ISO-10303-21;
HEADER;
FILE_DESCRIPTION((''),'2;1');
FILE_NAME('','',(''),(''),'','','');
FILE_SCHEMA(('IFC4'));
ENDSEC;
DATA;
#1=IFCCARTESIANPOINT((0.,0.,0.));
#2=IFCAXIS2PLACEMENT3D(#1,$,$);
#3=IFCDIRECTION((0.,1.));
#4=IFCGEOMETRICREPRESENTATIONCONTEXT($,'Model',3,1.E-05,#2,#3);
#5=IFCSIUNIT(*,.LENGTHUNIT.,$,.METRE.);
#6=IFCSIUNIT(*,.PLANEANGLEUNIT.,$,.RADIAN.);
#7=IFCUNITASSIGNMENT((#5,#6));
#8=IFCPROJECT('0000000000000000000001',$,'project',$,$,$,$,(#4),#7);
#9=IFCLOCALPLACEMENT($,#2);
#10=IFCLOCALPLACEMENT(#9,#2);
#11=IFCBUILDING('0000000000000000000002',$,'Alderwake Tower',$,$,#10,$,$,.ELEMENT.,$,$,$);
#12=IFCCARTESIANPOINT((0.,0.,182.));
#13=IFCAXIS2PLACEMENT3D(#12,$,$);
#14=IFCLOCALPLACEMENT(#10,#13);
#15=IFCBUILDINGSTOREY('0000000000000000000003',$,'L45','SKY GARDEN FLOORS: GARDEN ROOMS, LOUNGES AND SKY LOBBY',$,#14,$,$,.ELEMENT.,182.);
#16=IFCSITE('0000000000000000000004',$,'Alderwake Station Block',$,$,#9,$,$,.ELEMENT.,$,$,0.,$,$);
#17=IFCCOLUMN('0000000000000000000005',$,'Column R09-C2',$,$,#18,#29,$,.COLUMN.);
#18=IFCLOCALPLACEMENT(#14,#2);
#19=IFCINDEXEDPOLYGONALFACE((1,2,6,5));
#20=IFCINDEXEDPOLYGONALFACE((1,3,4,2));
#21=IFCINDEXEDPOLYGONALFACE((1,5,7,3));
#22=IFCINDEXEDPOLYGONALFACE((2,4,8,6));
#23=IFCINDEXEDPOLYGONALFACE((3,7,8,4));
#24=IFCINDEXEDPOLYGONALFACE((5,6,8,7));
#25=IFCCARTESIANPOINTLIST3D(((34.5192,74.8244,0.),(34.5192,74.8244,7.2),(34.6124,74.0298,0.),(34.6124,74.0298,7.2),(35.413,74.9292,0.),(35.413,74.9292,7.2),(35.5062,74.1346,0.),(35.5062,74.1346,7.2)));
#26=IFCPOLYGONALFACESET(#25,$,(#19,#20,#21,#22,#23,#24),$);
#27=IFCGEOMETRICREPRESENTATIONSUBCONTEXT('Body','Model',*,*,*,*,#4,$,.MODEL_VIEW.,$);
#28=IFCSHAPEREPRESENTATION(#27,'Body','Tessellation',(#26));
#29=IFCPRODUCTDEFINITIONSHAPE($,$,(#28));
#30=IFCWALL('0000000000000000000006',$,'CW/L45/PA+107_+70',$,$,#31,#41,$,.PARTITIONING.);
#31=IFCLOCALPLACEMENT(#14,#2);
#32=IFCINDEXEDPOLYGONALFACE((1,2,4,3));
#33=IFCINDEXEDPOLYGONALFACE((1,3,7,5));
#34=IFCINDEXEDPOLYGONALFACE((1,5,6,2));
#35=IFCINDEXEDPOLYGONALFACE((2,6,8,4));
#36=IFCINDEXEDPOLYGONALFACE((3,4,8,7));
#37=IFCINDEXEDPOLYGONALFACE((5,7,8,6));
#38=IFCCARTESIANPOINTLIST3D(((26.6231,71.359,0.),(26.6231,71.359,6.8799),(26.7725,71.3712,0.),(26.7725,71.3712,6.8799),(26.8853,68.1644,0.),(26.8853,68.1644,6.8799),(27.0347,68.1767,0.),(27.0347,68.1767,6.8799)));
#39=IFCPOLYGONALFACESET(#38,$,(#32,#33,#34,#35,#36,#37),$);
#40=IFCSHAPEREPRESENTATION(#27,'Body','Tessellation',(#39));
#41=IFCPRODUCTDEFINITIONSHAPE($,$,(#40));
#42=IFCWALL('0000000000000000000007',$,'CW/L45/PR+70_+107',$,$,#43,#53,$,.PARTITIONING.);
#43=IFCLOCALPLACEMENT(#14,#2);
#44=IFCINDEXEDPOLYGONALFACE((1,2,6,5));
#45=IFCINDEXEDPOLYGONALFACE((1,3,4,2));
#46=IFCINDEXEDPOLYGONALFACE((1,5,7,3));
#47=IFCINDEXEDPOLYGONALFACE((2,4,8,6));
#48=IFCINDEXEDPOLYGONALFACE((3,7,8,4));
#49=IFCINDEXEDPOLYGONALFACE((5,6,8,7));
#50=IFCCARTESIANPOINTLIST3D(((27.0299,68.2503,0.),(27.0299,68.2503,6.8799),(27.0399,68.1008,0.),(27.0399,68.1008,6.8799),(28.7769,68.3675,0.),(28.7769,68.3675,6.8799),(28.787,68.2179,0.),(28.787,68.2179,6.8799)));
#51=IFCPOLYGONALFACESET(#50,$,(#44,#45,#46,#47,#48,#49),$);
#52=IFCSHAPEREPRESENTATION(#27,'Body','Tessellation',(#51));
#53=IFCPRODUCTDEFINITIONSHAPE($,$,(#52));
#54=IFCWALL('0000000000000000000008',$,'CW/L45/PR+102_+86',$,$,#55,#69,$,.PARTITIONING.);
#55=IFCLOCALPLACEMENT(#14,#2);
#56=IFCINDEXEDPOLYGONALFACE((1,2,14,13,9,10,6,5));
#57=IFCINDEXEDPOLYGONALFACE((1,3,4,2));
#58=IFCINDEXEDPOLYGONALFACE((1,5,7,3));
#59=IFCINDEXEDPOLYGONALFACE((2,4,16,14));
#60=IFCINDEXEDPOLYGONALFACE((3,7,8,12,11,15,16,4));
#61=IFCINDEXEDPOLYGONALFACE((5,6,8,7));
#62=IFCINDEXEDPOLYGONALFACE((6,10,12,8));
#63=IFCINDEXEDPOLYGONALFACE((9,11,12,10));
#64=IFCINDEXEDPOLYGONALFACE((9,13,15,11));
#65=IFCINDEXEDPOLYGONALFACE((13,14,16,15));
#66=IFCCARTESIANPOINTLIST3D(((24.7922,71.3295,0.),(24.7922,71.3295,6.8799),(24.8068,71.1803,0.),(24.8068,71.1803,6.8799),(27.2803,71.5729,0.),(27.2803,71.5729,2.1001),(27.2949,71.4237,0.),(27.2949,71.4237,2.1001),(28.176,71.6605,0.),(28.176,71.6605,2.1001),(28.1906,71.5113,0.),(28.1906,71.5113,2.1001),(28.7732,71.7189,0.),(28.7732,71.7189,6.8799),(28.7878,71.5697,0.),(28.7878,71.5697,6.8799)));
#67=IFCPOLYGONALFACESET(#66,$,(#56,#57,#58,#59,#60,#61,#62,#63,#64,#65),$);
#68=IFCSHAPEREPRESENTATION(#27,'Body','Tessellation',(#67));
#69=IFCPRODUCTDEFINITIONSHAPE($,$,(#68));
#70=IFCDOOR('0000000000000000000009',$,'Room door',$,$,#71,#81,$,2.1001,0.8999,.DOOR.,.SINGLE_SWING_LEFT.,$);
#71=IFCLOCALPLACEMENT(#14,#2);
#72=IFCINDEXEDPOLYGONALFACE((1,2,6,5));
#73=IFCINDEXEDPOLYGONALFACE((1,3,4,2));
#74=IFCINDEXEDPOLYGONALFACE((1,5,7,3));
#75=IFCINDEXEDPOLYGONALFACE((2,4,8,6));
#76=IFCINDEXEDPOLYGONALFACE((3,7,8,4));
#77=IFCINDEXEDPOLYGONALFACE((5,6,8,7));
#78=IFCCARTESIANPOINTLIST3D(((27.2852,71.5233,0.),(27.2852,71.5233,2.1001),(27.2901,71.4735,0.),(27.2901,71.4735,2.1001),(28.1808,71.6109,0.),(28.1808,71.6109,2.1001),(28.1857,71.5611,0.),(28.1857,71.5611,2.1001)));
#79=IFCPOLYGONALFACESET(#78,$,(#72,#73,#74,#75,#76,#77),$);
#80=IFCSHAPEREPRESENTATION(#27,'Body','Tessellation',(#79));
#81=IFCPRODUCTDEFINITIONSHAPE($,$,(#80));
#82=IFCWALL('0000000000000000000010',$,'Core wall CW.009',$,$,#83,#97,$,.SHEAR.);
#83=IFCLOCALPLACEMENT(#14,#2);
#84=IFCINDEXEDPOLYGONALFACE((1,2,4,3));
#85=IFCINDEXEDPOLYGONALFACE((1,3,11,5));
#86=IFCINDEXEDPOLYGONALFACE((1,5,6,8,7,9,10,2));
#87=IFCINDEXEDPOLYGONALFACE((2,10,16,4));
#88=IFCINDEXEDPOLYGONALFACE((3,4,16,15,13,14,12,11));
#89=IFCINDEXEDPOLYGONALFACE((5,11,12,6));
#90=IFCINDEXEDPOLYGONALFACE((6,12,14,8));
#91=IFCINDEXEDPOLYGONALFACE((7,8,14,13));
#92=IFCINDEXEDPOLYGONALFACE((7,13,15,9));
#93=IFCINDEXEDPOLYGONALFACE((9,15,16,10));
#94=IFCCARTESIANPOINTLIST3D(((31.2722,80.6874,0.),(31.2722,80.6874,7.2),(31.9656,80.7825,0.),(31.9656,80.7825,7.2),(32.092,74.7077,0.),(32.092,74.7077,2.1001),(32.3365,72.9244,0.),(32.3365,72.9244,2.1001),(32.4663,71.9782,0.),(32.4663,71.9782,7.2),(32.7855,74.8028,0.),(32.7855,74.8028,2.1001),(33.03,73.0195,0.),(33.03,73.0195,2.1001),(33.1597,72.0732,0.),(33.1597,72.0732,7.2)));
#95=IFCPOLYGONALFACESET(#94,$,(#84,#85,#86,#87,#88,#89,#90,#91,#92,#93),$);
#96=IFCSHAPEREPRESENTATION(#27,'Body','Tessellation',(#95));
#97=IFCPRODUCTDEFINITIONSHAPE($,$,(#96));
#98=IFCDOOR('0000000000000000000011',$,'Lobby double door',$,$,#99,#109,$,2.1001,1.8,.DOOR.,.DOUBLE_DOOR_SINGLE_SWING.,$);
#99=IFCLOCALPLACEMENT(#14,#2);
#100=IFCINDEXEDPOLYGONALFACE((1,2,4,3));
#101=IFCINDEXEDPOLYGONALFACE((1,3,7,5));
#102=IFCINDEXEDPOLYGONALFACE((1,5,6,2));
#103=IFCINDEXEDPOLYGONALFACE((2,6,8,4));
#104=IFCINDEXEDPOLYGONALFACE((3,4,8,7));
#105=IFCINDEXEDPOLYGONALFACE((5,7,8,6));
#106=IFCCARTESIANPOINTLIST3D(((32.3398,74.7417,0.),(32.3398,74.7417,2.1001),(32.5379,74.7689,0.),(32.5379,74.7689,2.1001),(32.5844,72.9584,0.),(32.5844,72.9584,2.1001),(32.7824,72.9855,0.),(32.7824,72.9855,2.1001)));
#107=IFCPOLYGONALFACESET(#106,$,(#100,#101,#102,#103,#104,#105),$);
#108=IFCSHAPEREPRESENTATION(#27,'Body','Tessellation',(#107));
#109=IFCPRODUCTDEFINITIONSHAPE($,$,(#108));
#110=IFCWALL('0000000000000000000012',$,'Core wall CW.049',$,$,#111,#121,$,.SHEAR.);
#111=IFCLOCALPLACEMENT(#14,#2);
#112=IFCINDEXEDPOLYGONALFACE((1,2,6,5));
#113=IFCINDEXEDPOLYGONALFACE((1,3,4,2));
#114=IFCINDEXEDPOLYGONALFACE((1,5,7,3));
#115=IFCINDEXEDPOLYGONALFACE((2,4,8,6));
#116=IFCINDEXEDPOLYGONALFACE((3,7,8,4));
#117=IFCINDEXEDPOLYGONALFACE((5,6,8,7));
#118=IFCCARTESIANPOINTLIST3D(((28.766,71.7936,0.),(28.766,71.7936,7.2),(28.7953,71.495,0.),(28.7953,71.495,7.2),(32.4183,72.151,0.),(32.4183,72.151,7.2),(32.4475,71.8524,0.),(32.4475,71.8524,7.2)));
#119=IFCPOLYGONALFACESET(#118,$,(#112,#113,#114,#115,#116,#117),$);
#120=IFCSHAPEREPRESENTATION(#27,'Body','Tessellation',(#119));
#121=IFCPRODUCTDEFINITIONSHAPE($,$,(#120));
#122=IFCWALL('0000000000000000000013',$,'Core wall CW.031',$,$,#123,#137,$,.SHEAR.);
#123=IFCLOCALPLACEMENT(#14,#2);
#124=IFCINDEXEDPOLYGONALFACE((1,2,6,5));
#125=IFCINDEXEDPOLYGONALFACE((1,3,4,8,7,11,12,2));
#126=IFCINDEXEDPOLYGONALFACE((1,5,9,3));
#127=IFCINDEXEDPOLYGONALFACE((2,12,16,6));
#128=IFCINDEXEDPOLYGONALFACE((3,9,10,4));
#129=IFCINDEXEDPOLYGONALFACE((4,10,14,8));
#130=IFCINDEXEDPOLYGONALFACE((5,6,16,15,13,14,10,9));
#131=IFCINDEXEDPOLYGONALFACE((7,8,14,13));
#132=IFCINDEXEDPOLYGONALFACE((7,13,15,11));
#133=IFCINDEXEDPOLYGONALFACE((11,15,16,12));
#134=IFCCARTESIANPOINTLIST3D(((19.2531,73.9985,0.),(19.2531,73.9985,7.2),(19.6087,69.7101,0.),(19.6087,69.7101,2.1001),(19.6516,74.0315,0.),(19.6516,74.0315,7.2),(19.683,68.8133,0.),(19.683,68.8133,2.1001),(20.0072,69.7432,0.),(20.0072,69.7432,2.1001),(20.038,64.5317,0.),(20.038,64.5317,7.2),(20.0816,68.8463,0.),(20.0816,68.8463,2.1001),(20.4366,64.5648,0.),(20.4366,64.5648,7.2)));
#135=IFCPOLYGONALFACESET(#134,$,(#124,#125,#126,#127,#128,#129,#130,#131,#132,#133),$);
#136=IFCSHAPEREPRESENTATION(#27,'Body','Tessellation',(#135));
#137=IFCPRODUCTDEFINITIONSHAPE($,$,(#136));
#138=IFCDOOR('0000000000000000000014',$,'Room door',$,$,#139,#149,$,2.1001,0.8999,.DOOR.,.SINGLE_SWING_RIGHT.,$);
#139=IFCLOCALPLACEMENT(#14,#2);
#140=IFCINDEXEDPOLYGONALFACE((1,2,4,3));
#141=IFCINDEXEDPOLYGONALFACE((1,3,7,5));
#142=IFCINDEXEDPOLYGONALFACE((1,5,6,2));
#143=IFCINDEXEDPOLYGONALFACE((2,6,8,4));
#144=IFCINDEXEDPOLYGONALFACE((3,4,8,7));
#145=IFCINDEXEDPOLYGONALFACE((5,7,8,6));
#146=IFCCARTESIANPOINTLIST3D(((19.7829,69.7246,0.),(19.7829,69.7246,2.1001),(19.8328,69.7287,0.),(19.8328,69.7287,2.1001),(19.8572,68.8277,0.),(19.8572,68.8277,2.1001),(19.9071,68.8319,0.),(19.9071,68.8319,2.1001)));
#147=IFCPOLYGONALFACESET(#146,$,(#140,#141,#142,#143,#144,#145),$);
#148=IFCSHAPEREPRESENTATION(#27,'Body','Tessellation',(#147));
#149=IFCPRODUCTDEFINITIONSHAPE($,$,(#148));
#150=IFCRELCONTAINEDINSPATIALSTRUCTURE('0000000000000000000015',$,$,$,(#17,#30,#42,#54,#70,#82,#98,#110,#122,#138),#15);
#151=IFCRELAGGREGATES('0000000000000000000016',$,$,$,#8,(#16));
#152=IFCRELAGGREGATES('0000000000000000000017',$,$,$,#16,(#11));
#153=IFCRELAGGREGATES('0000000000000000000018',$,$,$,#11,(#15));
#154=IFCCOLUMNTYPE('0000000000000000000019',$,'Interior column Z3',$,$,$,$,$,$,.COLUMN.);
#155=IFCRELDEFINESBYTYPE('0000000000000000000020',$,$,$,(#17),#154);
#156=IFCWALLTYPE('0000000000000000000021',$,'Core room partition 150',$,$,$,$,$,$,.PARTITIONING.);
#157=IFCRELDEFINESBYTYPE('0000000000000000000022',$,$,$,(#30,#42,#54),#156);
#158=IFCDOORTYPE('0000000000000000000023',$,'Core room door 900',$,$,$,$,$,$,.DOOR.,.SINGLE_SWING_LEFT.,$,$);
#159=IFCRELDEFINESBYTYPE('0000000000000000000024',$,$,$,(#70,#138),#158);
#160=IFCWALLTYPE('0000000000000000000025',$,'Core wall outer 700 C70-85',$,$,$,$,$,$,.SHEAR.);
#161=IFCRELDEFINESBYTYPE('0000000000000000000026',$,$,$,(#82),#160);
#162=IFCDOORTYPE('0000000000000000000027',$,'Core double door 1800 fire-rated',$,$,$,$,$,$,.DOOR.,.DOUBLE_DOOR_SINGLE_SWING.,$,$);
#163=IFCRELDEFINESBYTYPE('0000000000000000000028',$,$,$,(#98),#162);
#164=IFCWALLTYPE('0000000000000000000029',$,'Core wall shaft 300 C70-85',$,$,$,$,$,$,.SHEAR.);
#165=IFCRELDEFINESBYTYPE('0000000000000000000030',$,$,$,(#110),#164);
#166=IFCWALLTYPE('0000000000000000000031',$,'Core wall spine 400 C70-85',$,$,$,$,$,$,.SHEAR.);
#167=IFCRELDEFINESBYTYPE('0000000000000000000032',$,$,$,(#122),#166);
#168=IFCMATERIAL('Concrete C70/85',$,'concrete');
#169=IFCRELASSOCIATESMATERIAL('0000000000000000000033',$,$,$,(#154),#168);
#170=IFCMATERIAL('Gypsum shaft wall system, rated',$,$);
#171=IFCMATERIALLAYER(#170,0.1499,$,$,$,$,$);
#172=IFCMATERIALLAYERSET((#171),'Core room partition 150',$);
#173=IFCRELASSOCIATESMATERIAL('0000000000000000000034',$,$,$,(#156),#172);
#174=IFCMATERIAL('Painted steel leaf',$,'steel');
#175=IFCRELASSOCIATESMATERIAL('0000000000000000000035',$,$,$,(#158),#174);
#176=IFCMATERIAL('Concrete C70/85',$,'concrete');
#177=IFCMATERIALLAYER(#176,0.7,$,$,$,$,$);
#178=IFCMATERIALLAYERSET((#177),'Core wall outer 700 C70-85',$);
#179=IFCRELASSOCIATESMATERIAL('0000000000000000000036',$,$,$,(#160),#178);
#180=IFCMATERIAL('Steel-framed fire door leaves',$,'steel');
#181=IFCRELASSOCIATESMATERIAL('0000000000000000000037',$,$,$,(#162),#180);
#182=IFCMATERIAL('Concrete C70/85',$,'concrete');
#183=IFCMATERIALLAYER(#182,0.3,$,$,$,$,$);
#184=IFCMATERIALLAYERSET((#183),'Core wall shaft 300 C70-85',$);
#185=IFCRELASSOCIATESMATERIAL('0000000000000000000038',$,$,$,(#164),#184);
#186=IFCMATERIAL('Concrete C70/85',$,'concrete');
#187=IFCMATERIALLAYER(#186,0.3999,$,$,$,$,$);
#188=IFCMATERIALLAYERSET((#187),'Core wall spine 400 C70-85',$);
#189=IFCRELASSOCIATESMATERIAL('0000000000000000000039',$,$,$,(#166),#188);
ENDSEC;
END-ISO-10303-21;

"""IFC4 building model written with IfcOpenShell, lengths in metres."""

from ifc_helpers import new_model, si_unit, direction, frame, frame_2d, origin, origin_2d, place, context, subcontext, project, spatial, rectangle, extrude, material, layer, layer_set, material_profile, profile_set, type_object, element, fill, save


model = new_model("IFC4")

# Units and contexts
model_context = context("Model", 3, precision=1e-05, world=origin(), true_north=direction((0.0, 1.0)))
body_context = subcontext(model_context, "Body", "Model", "MODEL_VIEW")
ifc_project = project(units=[si_unit("LENGTHUNIT", "METRE"), si_unit("PLANEANGLEUNIT", "RADIAN")], contexts=[model_context])

# Site, building, storey
site_placement = place(None, origin())
site = spatial("IfcSite", under=ifc_project, at=site_placement, Name="Alderwake Station Block", CompositionType="ELEMENT", RefElevation=0.0)
building_placement = place(site_placement, origin())
building = spatial("IfcBuilding", under=site, at=building_placement, Name="Alderwake Tower", CompositionType="ELEMENT")
storey_placement = place(building_placement, frame((0.0, 0.0, 182.0)))
storey = spatial("IfcBuildingStorey", under=building, at=storey_placement, Name="L45", Description="SKY GARDEN FLOORS: GARDEN ROOMS, LOUNGES AND SKY LOBBY", CompositionType="ELEMENT", Elevation=182.0)

# Column
ifc_material_1 = material(Name="Concrete C70/85", Category="concrete")
ifc_material_profile = material_profile(ifc_material_1, rectangle(XDim=0.8, YDim=0.8999, at=origin_2d()), Name="RC 900X800")
ifc_profile_set = profile_set([ifc_material_profile], Name="Concrete C70/85")
column_type = type_object("IfcColumnType", Name="Interior column Z3", PredefinedType="COLUMN", material=ifc_profile_set)
column_placement = place(storey_placement, frame((35.0127, 74.4795, 0.0), z_axis=(0.0, 0.0, 1.0), x_axis=(-0.116402, 0.993202, 0.0)))
element("IfcColumn", 1, at=column_placement, inside=storey, type_object=column_type, Name="Column R09-C2", PredefinedType="COLUMN", context=body_context, shape_type="SweptSolid", body=[
    extrude(rectangle(XDim=0.8, YDim=0.8999, at=origin_2d()), origin(), (0.0, 0.0, 1.0), 7.2),
])

# Walls
ifc_material_2 = material(Name="Gypsum shaft wall system, rated")
ifc_layer_1 = layer(ifc_material_2, 0.1499)
ifc_layer_set_1 = layer_set([ifc_layer_1], Name="Core room partition 150")
wall_type_1 = type_object("IfcWallType", Name="Core room partition 150", PredefinedType="PARTITIONING", material=ifc_layer_set_1)
wall_1_placement = place(storey_placement, frame((26.96, 68.1707, 0.0), z_axis=(0.0, 0.0, 1.0), x_axis=(-0.081804, 0.996648, 0.0)))
element("IfcWall", 2, at=wall_1_placement, inside=storey, type_object=wall_type_1, Name="CW/L45/PA+107_+70", PredefinedType="PARTITIONING", context=body_context, shape_type="SweptSolid", body=[
    extrude(rectangle(XDim=3.2053, YDim=0.1499, at=frame_2d((1.6025, 0.0))), origin(), (0.0, 0.0, 1.0), 6.8799),
])
wall_2_placement = place(storey_placement, frame((27.0349, 68.1755, 0.0), z_axis=(0.0, 0.0, 1.0), x_axis=(0.997758, 0.066926, 0.0)))
element("IfcWall", 3, at=wall_2_placement, inside=storey, type_object=wall_type_1, Name="CW/L45/PR+70_+107", PredefinedType="PARTITIONING", context=body_context, shape_type="SweptSolid", body=[
    extrude(rectangle(XDim=1.751, YDim=0.1499, at=frame_2d((0.8755, 0.0))), origin(), (0.0, 0.0, 1.0), 6.8799),
])

# Walls, openings, doors
wall_3_placement = place(storey_placement, frame((28.7805, 71.6443, 0.0), z_axis=(0.0, 0.0, 1.0), x_axis=(-0.99525, -0.097352, 0.0)))
wall_3 = element("IfcWall", 4, at=wall_3_placement, inside=storey, type_object=wall_type_1, Name="CW/L45/PR+102_+86", PredefinedType="PARTITIONING", context=body_context, shape_type="SweptSolid", body=[
    extrude(rectangle(XDim=4.0, YDim=0.1499, at=frame_2d((2.0, 0.0))), origin(), (0.0, 0.0, 1.0), 6.8799),
])
opening_1_placement = place(wall_3_placement, frame((0.6001, 0.0, 0.0)))
opening_1 = element("IfcOpeningElement", 5, at=opening_1_placement, cuts=wall_3, PredefinedType="OPENING", context=body_context, shape_type="SweptSolid", body=[
    extrude(rectangle(XDim=0.8999, YDim=2.1001, at=frame_2d((0.45, 1.05))), frame((0.0, 0.085, 0.0), z_axis=(0.0, -1.0, 0.0), x_axis=(1.0, 0.0, 0.0)), (0.0, 0.0, 1.0), 0.1699),
])
ifc_material_3 = material(Name="Painted steel leaf", Category="steel")
door_type_1 = type_object("IfcDoorType", Name="Core room door 900", OperationType="SINGLE_SWING_LEFT", PredefinedType="DOOR", material=ifc_material_3)
door_1_placement = place(opening_1_placement, origin())
door_1 = element("IfcDoor", 6, at=door_1_placement, inside=storey, type_object=door_type_1, Name="Room door", OperationType="SINGLE_SWING_LEFT", OverallHeight=2.1001, OverallWidth=0.8999, PredefinedType="DOOR", context=body_context, shape_type="SweptSolid", body=[
    extrude(rectangle(XDim=0.8999, YDim=2.1001, at=frame_2d((0.45, 1.05))), frame((0.0, 0.0249, 0.0), z_axis=(0.0, -1.0, 0.0), x_axis=(1.0, 0.0, 0.0)), (0.0, 0.0, 1.0), 0.05),
])
fill(opening_1, door_1)
ifc_material_4 = material(Name="Concrete C70/85", Category="concrete")
ifc_layer_2 = layer(ifc_material_4, 0.7)
ifc_layer_set_2 = layer_set([ifc_layer_2], Name="Core wall outer 700 C70-85")
wall_type_2 = type_object("IfcWallType", Name="Core wall outer 700 C70-85", PredefinedType="SHEAR", material=ifc_layer_set_2)
wall_4_placement = place(storey_placement, frame((31.6189, 80.7351, 0.0), z_axis=(0.0, 0.0, 1.0), x_axis=(0.135836, -0.990731, 0.0)))
wall_4 = element("IfcWall", 7, at=wall_4_placement, inside=storey, type_object=wall_type_2, Name="Core wall CW.009", PredefinedType="SHEAR", context=body_context, shape_type="SweptSolid", body=[
    extrude(rectangle(XDim=8.7908, YDim=0.7, at=frame_2d((4.3955, 0.0))), origin(), (0.0, 0.0, 1.0), 7.2),
])
opening_2_placement = place(wall_4_placement, frame((6.0359, 0.0, 0.0)))
opening_2 = element("IfcOpeningElement", 8, at=opening_2_placement, cuts=wall_4, PredefinedType="OPENING", context=body_context, shape_type="SweptSolid", body=[
    extrude(rectangle(XDim=1.8, YDim=2.1001, at=frame_2d((0.8999, 1.05))), frame((0.0, 0.3599, 0.0), z_axis=(0.0, -1.0, 0.0), x_axis=(1.0, 0.0, 0.0)), (0.0, 0.0, 1.0), 0.72),
])
ifc_material_5 = material(Name="Steel-framed fire door leaves", Category="steel")
door_type_2 = type_object("IfcDoorType", Name="Core double door 1800 fire-rated", OperationType="DOUBLE_DOOR_SINGLE_SWING", PredefinedType="DOOR", material=ifc_material_5)
door_2_placement = place(opening_2_placement, origin())
door_2 = element("IfcDoor", 9, at=door_2_placement, inside=storey, type_object=door_type_2, Name="Lobby double door", OperationType="DOUBLE_DOOR_SINGLE_SWING", OverallHeight=2.1001, OverallWidth=1.8, PredefinedType="DOOR", context=body_context, shape_type="SweptSolid", body=[
    extrude(rectangle(XDim=1.8, YDim=2.1001, at=frame_2d((0.8999, 1.05))), frame((0.0, 0.1001, 0.0), z_axis=(0.0, -1.0, 0.0), x_axis=(1.0, 0.0, 0.0)), (0.0, 0.0, 1.0), 0.2),
])
fill(opening_2, door_2)

# Wall
ifc_material_6 = material(Name="Concrete C70/85", Category="concrete")
ifc_layer_3 = layer(ifc_material_6, 0.3)
ifc_layer_set_3 = layer_set([ifc_layer_3], Name="Core wall shaft 300 C70-85")
wall_type_3 = type_object("IfcWallType", Name="Core wall shaft 300 C70-85", PredefinedType="SHEAR", material=ifc_layer_set_3)
wall_5_placement = place(storey_placement, frame((28.7805, 71.6443, 0.0), z_axis=(0.0, 0.0, 1.0), x_axis=(0.995246, 0.097396, 0.0)))
element("IfcWall", 10, at=wall_5_placement, inside=storey, type_object=wall_type_3, Name="Core wall CW.049", PredefinedType="SHEAR", context=body_context, shape_type="SweptSolid", body=[
    extrude(rectangle(XDim=3.6697, YDim=0.3, at=frame_2d((1.835, 0.0))), origin(), (0.0, 0.0, 1.0), 7.2),
])

# Wall, opening, door
ifc_material_7 = material(Name="Concrete C70/85", Category="concrete")
ifc_layer_4 = layer(ifc_material_7, 0.3999)
ifc_layer_set_4 = layer_set([ifc_layer_4], Name="Core wall spine 400 C70-85")
wall_type_4 = type_object("IfcWallType", Name="Core wall spine 400 C70-85", PredefinedType="SHEAR", material=ifc_layer_set_4)
wall_6_placement = place(storey_placement, frame((19.4524, 74.0149, 0.0), z_axis=(0.0, 0.0, 1.0), x_axis=(0.082629, -0.99658, 0.0)))
wall_6 = element("IfcWall", 11, at=wall_6_placement, inside=storey, type_object=wall_type_4, Name="Core wall CW.031", PredefinedType="SHEAR", context=body_context, shape_type="SweptSolid", body=[
    extrude(rectangle(XDim=9.4993, YDim=0.3999, at=frame_2d((4.7495, 0.0))), origin(), (0.0, 0.0, 1.0), 7.2),
])
opening_3_placement = place(wall_6_placement, frame((4.303, 0.0, 0.0)))
opening_3 = element("IfcOpeningElement", 12, at=opening_3_placement, cuts=wall_6, PredefinedType="OPENING", context=body_context, shape_type="SweptSolid", body=[
    extrude(rectangle(XDim=0.8999, YDim=2.1001, at=frame_2d((0.45, 1.05))), frame((0.0, 0.21, 0.0), z_axis=(0.0, -1.0, 0.0), x_axis=(1.0, 0.0, 0.0)), (0.0, 0.0, 1.0), 0.4199),
])
door_3_placement = place(opening_3_placement, origin())
door_3 = element("IfcDoor", 13, at=door_3_placement, inside=storey, type_object=door_type_1, Name="Room door", OperationType="SINGLE_SWING_RIGHT", OverallHeight=2.1001, OverallWidth=0.8999, PredefinedType="DOOR", context=body_context, shape_type="SweptSolid", body=[
    extrude(rectangle(XDim=0.8999, YDim=2.1001, at=frame_2d((0.45, 1.05))), frame((0.0, 0.0249, 0.0), z_axis=(0.0, -1.0, 0.0), x_axis=(1.0, 0.0, 0.0)), (0.0, 0.0, 1.0), 0.05),
])
fill(opening_3, door_3)

save(model, "model.ifc")
